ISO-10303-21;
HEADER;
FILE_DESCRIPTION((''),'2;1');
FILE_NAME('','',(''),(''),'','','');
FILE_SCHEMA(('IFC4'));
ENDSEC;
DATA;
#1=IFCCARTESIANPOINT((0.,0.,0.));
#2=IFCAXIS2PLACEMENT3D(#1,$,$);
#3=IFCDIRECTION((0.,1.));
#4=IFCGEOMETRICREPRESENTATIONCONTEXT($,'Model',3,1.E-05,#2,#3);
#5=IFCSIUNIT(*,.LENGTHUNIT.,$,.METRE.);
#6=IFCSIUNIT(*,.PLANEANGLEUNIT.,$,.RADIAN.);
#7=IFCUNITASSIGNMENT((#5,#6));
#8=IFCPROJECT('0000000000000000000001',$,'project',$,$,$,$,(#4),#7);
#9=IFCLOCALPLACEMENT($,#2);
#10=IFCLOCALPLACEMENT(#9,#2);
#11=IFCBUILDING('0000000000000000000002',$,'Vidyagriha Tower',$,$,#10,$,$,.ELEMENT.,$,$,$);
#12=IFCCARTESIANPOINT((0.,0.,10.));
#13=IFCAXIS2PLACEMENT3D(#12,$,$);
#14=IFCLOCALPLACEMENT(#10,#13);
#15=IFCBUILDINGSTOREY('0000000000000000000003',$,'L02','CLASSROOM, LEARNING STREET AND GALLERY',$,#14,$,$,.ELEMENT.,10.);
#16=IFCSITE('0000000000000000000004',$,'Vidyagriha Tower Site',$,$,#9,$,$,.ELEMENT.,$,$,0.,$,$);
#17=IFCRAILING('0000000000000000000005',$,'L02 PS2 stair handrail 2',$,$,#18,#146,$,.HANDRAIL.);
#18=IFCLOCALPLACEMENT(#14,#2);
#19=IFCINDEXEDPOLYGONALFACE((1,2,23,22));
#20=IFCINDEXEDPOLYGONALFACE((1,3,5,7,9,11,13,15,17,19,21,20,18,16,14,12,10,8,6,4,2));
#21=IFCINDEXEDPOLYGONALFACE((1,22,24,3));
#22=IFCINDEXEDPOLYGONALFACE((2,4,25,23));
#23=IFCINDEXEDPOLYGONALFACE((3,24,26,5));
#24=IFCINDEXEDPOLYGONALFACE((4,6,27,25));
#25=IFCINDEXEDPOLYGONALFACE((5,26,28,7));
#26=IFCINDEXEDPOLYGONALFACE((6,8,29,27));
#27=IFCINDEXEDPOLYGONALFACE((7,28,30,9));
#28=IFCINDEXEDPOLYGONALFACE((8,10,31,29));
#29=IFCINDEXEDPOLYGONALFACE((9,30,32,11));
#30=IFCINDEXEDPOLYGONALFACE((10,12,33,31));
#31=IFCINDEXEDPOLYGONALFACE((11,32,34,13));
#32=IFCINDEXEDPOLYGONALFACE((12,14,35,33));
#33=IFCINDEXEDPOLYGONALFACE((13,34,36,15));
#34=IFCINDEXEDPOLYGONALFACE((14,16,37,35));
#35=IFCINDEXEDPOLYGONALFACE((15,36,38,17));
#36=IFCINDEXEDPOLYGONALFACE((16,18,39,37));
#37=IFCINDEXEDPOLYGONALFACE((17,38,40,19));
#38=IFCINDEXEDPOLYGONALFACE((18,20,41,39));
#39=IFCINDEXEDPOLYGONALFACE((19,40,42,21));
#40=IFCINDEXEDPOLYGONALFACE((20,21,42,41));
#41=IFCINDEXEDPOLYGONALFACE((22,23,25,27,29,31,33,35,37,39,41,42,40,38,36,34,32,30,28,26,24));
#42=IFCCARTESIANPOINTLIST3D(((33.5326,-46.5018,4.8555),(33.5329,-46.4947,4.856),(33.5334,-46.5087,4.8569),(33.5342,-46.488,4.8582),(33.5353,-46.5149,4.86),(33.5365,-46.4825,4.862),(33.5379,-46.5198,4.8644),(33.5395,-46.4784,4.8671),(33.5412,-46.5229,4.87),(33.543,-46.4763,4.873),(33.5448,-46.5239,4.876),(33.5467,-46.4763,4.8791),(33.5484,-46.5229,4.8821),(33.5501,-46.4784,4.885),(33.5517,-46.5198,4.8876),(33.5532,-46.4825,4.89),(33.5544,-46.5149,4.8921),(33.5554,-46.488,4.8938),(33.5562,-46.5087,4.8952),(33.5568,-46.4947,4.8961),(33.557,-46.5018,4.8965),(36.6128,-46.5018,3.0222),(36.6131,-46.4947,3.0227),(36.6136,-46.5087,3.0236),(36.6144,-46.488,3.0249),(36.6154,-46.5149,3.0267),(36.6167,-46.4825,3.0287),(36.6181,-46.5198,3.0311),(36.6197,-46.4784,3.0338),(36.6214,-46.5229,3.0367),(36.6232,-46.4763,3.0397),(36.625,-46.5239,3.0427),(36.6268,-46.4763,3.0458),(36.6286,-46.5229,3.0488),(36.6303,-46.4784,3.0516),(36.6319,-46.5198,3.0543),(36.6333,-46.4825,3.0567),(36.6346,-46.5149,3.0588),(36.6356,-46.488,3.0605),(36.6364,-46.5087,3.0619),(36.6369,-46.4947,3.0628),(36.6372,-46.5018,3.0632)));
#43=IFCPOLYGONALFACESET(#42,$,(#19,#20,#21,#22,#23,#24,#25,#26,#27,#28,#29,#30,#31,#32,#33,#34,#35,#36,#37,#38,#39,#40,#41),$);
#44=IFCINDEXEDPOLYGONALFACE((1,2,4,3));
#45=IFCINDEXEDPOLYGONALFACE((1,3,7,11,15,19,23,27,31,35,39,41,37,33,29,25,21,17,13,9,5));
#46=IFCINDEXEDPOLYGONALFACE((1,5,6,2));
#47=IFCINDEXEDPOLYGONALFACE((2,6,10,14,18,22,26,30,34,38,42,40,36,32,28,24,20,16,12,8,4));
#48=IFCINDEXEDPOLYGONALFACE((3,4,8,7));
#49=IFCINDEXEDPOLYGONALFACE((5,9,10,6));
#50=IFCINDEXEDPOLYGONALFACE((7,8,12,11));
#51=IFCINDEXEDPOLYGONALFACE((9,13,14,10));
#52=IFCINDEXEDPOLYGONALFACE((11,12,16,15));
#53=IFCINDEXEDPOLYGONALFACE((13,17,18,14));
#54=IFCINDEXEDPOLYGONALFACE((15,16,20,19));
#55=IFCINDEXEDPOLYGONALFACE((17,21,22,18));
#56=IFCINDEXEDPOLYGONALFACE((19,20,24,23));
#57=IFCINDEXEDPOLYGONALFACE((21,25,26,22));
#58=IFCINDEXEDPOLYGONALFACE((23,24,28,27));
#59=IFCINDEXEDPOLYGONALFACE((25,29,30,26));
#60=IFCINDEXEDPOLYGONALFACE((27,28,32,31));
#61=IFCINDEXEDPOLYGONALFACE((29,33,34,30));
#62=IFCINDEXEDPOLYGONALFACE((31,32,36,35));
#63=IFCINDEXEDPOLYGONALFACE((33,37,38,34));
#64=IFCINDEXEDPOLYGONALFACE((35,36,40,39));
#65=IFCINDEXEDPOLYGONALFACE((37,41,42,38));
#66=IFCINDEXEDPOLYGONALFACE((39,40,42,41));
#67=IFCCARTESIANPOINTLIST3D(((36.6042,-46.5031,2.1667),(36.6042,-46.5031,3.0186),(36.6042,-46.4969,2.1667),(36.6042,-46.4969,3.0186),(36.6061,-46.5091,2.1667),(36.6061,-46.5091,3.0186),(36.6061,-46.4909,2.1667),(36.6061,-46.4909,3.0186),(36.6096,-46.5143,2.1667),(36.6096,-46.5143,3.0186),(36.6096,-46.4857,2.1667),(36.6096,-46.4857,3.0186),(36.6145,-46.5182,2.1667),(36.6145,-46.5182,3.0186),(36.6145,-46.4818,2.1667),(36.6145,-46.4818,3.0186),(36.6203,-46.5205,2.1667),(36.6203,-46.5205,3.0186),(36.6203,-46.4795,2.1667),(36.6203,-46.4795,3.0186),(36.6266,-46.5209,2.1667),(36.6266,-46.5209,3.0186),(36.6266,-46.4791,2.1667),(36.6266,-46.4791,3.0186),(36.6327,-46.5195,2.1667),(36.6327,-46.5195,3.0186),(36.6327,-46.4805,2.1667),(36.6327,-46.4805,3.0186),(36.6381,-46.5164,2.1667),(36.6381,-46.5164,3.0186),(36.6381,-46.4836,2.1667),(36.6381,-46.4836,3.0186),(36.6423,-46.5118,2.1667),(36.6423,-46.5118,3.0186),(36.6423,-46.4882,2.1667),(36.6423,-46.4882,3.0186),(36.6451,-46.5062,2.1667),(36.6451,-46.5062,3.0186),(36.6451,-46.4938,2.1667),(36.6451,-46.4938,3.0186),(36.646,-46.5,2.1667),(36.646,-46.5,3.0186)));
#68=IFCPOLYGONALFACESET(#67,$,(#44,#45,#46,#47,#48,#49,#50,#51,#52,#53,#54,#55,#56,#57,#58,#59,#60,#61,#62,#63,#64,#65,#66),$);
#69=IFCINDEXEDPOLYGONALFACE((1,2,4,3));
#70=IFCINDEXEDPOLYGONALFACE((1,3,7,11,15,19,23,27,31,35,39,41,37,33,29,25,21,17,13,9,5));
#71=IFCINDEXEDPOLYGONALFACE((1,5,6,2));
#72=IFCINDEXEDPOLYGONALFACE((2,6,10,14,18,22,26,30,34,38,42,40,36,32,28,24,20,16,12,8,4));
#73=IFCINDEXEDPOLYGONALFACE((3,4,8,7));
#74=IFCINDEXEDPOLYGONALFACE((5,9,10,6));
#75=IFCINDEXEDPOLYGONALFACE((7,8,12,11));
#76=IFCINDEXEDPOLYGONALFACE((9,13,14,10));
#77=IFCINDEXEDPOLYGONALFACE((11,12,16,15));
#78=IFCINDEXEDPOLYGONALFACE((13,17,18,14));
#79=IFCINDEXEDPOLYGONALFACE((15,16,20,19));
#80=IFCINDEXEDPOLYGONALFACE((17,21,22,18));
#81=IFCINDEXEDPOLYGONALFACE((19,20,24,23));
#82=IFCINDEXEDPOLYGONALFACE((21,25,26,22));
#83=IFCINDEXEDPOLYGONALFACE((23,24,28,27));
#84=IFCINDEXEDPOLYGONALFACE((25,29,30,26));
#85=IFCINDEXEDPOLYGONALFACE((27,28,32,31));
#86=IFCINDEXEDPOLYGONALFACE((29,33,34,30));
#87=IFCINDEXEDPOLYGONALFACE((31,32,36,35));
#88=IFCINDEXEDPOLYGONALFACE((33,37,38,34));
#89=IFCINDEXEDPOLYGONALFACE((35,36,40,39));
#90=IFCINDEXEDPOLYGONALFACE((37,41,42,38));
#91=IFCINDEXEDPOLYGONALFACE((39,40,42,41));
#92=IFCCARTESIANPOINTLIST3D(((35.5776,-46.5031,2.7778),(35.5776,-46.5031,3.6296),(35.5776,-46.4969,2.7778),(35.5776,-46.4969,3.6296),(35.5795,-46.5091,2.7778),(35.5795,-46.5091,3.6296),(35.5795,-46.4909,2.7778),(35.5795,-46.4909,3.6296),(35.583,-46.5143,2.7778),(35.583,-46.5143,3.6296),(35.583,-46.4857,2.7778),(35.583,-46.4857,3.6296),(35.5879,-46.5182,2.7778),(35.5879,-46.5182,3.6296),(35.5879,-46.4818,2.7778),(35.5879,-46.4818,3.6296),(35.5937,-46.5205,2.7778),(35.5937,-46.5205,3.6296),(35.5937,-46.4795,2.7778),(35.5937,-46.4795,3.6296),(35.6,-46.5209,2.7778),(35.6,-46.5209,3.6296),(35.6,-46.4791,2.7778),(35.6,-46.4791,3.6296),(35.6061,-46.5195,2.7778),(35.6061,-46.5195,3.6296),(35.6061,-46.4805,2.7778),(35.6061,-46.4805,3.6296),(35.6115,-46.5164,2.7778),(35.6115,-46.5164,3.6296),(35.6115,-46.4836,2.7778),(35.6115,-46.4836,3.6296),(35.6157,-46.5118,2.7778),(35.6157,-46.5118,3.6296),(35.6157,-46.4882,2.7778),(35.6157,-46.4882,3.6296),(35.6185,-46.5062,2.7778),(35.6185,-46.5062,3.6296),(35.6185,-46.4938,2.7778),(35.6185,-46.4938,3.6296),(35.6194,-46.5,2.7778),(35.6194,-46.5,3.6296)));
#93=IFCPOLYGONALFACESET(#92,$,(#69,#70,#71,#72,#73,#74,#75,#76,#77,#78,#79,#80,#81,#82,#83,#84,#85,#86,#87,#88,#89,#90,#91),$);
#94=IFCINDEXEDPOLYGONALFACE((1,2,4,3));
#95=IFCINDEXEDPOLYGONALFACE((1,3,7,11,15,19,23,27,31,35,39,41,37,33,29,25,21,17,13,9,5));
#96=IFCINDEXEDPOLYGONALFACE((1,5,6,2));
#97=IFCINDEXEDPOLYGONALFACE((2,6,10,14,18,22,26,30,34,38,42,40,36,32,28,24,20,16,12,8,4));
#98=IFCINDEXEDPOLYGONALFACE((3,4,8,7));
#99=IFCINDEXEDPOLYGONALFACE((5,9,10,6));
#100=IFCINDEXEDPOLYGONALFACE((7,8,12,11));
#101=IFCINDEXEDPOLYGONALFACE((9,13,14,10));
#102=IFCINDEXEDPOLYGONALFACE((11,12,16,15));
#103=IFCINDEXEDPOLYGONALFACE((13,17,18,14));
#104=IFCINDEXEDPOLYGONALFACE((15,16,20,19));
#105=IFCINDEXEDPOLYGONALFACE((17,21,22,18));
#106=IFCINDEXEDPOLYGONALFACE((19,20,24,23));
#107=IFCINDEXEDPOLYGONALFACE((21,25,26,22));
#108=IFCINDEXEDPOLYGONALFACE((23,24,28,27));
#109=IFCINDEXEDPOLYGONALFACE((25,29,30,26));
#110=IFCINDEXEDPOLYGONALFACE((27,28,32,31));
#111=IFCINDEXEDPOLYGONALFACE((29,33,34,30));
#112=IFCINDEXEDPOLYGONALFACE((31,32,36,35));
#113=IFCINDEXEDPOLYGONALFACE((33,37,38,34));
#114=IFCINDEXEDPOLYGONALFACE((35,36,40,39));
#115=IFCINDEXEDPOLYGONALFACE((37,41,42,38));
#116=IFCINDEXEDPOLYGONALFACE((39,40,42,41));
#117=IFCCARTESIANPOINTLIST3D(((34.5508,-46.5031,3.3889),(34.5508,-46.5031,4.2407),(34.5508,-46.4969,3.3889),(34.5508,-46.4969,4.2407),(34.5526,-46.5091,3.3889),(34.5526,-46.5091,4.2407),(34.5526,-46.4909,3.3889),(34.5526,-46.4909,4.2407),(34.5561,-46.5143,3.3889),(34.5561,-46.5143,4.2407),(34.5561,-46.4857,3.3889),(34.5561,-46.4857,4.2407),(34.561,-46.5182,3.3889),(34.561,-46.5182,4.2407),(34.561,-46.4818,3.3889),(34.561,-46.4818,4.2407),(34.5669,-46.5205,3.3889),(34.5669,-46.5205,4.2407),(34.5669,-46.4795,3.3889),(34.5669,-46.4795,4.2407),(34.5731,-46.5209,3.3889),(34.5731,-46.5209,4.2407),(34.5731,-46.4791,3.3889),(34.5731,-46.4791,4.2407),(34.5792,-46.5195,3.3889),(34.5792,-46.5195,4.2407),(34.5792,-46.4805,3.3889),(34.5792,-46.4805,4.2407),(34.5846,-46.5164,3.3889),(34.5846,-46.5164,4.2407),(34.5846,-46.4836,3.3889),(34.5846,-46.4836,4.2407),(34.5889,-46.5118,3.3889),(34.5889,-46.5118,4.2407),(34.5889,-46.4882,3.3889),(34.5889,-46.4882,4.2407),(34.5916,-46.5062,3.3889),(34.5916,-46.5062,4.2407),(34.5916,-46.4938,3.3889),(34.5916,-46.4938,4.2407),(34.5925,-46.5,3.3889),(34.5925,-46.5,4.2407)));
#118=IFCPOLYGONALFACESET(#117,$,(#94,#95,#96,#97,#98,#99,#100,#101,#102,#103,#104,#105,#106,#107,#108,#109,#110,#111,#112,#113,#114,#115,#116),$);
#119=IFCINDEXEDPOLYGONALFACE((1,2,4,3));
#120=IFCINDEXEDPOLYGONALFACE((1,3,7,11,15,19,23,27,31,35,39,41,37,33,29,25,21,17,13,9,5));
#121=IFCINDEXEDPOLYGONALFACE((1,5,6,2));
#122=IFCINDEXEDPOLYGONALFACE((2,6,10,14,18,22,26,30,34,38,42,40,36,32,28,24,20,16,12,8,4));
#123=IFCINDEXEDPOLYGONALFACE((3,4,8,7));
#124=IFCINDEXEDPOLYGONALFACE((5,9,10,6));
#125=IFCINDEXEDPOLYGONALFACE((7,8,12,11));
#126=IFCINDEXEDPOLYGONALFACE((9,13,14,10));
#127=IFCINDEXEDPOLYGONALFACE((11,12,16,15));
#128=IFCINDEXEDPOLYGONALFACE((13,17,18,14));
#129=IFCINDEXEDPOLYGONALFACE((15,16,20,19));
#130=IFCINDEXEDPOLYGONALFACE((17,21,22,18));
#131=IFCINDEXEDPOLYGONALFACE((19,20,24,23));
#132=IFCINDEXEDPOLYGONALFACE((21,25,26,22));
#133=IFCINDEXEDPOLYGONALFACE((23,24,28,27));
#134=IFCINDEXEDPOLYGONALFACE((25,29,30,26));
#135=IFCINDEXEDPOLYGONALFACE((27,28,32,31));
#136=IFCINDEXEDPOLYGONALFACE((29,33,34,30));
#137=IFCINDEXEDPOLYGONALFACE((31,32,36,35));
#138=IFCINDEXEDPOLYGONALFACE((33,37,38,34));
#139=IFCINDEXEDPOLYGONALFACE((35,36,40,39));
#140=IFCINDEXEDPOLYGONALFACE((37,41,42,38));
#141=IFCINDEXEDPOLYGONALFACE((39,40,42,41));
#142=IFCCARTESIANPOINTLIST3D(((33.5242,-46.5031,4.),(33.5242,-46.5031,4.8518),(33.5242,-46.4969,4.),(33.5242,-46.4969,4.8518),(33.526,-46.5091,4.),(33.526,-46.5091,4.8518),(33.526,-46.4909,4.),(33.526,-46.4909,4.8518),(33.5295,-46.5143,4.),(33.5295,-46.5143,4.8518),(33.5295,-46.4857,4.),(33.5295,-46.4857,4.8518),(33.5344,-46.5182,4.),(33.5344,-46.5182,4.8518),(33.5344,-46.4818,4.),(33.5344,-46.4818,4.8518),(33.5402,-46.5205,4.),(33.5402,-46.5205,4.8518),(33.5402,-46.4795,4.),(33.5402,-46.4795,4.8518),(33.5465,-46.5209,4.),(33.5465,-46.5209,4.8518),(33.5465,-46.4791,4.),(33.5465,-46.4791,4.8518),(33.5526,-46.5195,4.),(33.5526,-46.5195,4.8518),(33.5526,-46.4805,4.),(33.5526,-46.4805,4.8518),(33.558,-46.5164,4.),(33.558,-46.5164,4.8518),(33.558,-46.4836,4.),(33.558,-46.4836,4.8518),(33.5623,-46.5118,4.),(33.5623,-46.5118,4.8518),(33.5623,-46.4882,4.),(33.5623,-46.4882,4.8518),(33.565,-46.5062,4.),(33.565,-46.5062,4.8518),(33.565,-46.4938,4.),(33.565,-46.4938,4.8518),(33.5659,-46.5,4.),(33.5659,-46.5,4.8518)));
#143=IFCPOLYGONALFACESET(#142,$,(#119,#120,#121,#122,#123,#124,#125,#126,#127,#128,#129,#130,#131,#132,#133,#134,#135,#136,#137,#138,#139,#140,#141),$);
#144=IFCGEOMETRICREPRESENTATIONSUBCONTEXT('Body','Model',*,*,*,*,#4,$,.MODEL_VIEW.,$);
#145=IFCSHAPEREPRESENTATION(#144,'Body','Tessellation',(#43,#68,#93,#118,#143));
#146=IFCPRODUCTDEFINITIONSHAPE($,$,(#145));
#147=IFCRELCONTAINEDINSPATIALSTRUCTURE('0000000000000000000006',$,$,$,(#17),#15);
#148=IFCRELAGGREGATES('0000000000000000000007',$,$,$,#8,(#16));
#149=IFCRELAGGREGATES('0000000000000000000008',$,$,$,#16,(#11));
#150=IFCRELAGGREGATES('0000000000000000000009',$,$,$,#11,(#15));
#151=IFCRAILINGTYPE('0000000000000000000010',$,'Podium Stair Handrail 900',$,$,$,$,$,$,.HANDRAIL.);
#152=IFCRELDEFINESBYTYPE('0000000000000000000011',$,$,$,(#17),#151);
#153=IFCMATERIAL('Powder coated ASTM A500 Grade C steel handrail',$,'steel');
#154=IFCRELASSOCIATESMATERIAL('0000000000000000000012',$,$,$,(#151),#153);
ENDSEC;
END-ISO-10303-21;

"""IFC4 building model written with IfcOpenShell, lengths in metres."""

from ifc_helpers import new_model, si_unit, direction, frame, origin, origin_2d, place, context, subcontext, project, spatial, circle, extrude, material, type_object, element, save


model = new_model("IFC4")

# Units and contexts
model_context = context("Model", 3, precision=1e-05, world=origin(), true_north=direction((0.0, 1.0)))
body_context = subcontext(model_context, "Body", "Model", "MODEL_VIEW")
ifc_project = project(units=[si_unit("LENGTHUNIT", "METRE"), si_unit("PLANEANGLEUNIT", "RADIAN")], contexts=[model_context])

# Site, building, storey
site_placement = place(None, origin())
site = spatial("IfcSite", under=ifc_project, at=site_placement, Name="Vidyagriha Tower Site", CompositionType="ELEMENT", RefElevation=0.0)
building_placement = place(site_placement, origin())
building = spatial("IfcBuilding", under=site, at=building_placement, Name="Vidyagriha Tower", CompositionType="ELEMENT")
storey_placement = place(building_placement, frame((0.0, 0.0, 10.0)))
storey = spatial("IfcBuildingStorey", under=building, at=storey_placement, Name="L02", Description="CLASSROOM, LEARNING STREET AND GALLERY", CompositionType="ELEMENT", Elevation=10.0)

# Railing
ifc_material_1 = material(Name="Powder coated ASTM A500 Grade C steel handrail", Category="steel")
railing_type_1 = type_object("IfcRailingType", Name="Podium Stair Handrail 900", PredefinedType="HANDRAIL", material=ifc_material_1)
railing_1_placement = place(storey_placement, frame((36.625, -46.5, 2.1667)))
element("IfcRailing", 1, at=railing_1_placement, inside=storey, type_object=railing_type_1, Name="L02 PS2 stair handrail 2", PredefinedType="HANDRAIL", context=body_context, shape_type="SweptSolid", body=[
    extrude(circle(Radius=0.0239, at=origin_2d()), frame((0.0, 0.0, 0.876), z_axis=(-0.859309, 0.0, 0.511458), x_axis=(0.0, -1.0, 0.0)), (0.0, 0.0, 1.0), 3.5845),
    extrude(circle(Radius=0.021, at=origin_2d()), origin(), (0.0, 0.0, 1.0), 0.8518),
    extrude(circle(Radius=0.021, at=origin_2d()), frame((-1.0266, 0.0, 0.6111)), (0.0, 0.0, 1.0), 0.8518),
    extrude(circle(Radius=0.021, at=origin_2d()), frame((-2.0535, 0.0, 1.2222)), (0.0, 0.0, 1.0), 0.8518),
    extrude(circle(Radius=0.021, at=origin_2d()), frame((-3.0801, 0.0, 1.8333)), (0.0, 0.0, 1.0), 0.8518),
])

save(model, "model.ifc")
